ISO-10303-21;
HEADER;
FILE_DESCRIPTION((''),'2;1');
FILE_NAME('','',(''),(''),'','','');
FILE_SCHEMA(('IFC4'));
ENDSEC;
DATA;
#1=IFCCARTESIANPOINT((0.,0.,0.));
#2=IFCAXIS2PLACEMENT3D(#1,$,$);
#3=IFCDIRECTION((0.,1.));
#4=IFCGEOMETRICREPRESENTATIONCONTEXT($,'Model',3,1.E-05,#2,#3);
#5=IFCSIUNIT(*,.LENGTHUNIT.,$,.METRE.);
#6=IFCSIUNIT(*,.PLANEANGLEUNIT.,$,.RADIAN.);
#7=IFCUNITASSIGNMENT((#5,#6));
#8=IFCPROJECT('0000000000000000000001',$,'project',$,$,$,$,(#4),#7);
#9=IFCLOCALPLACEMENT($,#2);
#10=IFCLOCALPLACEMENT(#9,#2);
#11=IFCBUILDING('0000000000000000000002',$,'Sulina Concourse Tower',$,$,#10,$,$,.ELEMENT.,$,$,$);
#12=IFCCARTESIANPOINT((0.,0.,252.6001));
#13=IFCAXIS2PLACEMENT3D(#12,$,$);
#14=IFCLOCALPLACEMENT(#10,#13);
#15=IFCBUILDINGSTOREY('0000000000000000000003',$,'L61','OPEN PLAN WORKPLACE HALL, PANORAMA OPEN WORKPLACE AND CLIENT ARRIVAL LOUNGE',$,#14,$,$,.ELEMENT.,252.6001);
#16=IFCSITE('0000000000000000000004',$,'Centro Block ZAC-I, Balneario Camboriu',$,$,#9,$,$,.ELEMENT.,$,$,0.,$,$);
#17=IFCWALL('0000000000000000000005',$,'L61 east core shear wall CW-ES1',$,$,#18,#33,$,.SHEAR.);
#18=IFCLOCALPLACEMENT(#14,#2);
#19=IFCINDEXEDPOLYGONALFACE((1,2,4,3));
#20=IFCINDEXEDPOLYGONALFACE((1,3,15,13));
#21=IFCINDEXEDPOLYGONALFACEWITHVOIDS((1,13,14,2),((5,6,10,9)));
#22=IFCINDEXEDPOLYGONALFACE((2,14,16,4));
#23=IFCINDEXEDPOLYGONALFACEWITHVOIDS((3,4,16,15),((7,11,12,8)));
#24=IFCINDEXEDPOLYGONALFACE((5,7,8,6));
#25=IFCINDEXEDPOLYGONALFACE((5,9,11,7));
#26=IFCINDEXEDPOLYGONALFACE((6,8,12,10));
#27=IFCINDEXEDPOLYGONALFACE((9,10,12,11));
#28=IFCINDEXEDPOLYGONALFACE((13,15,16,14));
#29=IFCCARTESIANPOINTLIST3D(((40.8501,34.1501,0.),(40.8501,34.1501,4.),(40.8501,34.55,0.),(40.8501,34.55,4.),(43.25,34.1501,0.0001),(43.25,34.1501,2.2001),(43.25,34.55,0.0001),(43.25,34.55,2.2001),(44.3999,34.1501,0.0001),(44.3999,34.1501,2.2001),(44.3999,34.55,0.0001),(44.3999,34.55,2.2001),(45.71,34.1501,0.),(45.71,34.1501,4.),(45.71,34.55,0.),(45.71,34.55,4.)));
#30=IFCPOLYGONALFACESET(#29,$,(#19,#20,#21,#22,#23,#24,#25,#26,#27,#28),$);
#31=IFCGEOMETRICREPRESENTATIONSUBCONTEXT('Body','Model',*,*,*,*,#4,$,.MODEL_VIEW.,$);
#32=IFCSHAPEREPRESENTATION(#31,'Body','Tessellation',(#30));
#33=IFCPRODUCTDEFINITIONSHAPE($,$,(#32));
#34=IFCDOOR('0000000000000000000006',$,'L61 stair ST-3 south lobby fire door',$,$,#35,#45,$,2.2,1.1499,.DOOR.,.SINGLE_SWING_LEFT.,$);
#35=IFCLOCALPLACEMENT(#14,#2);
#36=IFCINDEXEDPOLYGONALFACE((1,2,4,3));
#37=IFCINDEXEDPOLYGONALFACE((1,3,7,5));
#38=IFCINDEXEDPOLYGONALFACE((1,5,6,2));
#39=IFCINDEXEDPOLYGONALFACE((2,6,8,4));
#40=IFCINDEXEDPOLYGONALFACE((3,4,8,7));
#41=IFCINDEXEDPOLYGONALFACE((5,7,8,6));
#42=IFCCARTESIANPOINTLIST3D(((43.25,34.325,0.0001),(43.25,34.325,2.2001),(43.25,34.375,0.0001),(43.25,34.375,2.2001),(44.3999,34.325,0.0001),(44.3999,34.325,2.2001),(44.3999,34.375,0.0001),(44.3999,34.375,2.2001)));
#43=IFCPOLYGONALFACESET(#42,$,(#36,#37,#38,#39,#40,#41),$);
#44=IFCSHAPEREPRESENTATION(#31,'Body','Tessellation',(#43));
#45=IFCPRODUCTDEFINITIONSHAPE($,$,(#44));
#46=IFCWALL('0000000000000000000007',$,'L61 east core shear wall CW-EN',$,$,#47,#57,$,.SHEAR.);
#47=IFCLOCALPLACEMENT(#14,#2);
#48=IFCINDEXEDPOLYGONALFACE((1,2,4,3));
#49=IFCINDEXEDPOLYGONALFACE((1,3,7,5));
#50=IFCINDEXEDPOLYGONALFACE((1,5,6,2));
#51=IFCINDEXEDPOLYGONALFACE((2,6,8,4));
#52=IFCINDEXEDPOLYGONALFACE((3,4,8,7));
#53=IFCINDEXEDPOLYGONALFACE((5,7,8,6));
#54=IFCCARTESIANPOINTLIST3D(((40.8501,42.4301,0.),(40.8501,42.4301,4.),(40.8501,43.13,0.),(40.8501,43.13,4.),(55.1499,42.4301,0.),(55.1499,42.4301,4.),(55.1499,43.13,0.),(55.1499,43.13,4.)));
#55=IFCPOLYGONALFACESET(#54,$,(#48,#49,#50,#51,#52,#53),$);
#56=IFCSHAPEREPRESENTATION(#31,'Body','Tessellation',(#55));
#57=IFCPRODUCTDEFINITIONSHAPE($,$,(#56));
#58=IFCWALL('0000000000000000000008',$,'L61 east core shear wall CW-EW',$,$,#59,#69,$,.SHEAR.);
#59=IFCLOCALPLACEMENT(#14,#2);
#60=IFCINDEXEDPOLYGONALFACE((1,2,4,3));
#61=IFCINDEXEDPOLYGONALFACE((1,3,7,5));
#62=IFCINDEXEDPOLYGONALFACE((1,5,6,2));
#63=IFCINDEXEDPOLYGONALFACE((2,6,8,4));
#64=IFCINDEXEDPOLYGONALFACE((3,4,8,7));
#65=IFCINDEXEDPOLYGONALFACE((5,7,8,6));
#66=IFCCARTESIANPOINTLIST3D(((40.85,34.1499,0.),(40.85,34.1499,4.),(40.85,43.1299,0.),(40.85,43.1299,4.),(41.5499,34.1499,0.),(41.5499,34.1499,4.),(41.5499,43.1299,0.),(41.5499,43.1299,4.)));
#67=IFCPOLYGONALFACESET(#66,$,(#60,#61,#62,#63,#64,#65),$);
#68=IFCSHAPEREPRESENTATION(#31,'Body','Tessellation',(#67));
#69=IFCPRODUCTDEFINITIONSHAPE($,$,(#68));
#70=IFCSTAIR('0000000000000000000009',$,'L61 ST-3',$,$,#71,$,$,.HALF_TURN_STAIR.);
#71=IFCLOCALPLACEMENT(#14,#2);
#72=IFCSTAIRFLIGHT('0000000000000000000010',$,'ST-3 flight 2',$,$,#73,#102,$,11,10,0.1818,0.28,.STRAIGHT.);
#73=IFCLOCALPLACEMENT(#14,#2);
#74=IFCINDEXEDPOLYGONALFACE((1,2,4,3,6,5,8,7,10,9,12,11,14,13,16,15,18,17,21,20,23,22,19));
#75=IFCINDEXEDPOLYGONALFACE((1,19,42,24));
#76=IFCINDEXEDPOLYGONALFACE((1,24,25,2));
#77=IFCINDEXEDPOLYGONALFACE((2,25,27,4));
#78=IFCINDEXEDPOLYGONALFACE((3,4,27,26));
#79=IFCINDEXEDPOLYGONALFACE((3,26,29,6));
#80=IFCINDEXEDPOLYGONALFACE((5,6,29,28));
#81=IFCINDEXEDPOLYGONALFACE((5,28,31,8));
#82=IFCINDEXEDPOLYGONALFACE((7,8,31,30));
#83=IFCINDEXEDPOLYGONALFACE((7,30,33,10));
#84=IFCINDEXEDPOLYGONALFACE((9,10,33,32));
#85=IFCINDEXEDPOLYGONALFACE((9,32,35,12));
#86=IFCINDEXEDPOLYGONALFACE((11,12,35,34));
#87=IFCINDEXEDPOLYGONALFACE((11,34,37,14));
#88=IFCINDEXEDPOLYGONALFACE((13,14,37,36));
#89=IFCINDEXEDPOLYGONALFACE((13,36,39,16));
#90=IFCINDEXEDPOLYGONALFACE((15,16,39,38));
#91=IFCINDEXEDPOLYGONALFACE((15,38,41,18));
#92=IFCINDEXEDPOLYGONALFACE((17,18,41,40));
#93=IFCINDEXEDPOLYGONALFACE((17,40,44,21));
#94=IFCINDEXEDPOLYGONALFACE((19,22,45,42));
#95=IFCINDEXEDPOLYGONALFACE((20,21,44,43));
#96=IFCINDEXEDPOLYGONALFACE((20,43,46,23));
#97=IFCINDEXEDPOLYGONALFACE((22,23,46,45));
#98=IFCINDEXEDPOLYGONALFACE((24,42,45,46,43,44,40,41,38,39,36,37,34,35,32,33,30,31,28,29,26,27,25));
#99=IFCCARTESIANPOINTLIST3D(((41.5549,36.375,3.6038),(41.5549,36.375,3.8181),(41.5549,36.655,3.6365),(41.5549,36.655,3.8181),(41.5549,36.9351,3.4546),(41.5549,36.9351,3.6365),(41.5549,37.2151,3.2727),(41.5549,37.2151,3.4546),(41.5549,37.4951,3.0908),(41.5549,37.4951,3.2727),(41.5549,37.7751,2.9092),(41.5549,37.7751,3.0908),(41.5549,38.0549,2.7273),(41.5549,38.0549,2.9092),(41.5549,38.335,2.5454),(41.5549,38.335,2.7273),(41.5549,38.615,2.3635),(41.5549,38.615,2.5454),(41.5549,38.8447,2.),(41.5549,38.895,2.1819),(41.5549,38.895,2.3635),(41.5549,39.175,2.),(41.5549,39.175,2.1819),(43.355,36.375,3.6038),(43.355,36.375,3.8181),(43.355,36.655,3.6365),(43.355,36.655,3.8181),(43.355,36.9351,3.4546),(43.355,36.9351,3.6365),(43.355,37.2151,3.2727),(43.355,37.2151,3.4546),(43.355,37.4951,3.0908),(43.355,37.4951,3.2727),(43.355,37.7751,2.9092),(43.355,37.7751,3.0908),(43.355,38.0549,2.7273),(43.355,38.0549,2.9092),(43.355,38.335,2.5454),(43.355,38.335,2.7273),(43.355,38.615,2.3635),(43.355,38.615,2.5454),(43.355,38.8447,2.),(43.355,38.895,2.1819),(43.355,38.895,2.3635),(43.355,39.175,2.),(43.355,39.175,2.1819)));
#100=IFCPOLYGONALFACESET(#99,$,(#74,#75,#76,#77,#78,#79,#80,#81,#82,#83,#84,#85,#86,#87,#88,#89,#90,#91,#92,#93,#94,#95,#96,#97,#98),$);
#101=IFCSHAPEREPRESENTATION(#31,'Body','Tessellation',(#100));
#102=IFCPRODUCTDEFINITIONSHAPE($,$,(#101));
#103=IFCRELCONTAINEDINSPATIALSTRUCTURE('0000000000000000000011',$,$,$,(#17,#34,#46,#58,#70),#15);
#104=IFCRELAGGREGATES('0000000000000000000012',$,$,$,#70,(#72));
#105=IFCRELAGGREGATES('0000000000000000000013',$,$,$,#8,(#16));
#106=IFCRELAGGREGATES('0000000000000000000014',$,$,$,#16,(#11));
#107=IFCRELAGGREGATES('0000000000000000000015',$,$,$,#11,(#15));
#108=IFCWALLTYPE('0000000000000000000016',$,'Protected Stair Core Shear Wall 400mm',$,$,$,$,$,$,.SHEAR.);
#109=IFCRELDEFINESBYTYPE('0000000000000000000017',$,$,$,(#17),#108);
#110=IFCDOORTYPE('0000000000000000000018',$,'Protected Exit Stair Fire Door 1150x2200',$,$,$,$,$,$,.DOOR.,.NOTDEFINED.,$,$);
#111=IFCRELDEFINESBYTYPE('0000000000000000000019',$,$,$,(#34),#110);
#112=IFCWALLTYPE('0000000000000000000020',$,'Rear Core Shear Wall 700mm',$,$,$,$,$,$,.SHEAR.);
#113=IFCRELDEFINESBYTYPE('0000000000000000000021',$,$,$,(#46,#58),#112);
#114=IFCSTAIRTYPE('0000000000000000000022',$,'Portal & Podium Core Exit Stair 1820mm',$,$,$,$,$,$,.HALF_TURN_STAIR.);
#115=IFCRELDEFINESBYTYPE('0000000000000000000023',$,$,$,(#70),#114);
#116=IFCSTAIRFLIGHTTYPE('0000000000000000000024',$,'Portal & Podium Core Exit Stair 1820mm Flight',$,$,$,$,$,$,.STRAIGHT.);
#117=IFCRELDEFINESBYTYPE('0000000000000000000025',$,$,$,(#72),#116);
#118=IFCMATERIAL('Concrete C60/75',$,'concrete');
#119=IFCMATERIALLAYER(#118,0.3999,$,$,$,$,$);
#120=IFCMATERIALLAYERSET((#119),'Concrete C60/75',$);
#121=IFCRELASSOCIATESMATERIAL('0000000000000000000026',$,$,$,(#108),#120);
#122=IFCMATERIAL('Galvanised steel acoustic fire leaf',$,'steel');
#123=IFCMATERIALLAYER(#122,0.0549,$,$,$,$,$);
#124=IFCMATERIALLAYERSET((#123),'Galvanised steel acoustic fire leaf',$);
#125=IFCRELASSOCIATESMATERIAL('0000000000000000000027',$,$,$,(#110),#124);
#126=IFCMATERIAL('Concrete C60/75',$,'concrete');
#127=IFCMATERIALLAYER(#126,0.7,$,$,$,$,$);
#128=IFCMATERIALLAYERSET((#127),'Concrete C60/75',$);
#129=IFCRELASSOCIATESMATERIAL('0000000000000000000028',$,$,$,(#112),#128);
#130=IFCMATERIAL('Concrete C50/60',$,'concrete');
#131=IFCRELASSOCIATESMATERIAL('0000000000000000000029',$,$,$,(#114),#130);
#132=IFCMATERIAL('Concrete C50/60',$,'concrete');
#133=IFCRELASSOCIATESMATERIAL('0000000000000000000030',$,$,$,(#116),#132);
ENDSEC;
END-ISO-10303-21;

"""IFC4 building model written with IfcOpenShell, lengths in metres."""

from ifc_helpers import new_model, si_unit, direction, frame, frame_2d, origin, place, context, subcontext, project, spatial, polyline, rectangle, outline, extrude, material, layer, layer_set, type_object, element, fill, aggregate, save


model = new_model("IFC4")

# Units and contexts
model_context = context("Model", 3, precision=1e-05, world=origin(), true_north=direction((0.0, 1.0)))
body_context = subcontext(model_context, "Body", "Model", "MODEL_VIEW")
ifc_project = project(units=[si_unit("LENGTHUNIT", "METRE"), si_unit("PLANEANGLEUNIT", "RADIAN")], contexts=[model_context])

# Site, building, storey
site_placement = place(None, origin())
site = spatial("IfcSite", under=ifc_project, at=site_placement, Name="Centro Block ZAC-I, Balneario Camboriu", CompositionType="ELEMENT", RefElevation=0.0)
building_placement = place(site_placement, origin())
building = spatial("IfcBuilding", under=site, at=building_placement, Name="Sulina Concourse Tower", CompositionType="ELEMENT")
storey_placement = place(building_placement, frame((0.0, 0.0, 252.6001)))
storey = spatial("IfcBuildingStorey", under=building, at=storey_placement, Name="L61", Description="OPEN PLAN WORKPLACE HALL, PANORAMA OPEN WORKPLACE AND CLIENT ARRIVAL LOUNGE", CompositionType="ELEMENT", Elevation=252.6001)

# Wall, opening, door
ifc_material_1 = material(Name="Concrete C60/75", Category="concrete")
ifc_layer_1 = layer(ifc_material_1, 0.3999)
ifc_layer_set_1 = layer_set([ifc_layer_1], Name="Concrete C60/75")
wall_type_1 = type_object("IfcWallType", Name="Protected Stair Core Shear Wall 400mm", PredefinedType="SHEAR", material=ifc_layer_set_1)
wall_1_placement = place(storey_placement, frame((40.8501, 34.3501, 0.0), z_axis=(0.0, 0.0, 1.0), x_axis=(1.0, 0.0, 0.0)))
wall_1 = element("IfcWall", 1, at=wall_1_placement, inside=storey, type_object=wall_type_1, Name="L61 east core shear wall CW-ES1", PredefinedType="SHEAR", context=body_context, shape_type="SweptSolid", body=[
    extrude(rectangle(XDim=4.8599, YDim=0.3999, at=frame_2d((2.4299, 0.0))), origin(), (0.0, 0.0, 1.0), 4.0),
])
opening_placement = place(wall_1_placement, frame((2.3999, 0.0, 0.0)))
opening = element("IfcOpeningElement", 2, at=opening_placement, cuts=wall_1, PredefinedType="OPENING", context=body_context, shape_type="SweptSolid", body=[
    extrude(rectangle(XDim=1.1499, YDim=2.2, at=frame_2d((0.575, 1.1001))), frame((0.0, 0.21, 0.0), z_axis=(0.0, -1.0, 0.0), x_axis=(1.0, 0.0, 0.0)), (0.0, 0.0, 1.0), 0.4199),
])
ifc_material_2 = material(Name="Galvanised steel acoustic fire leaf", Category="steel")
ifc_layer_2 = layer(ifc_material_2, 0.0549)
ifc_layer_set_2 = layer_set([ifc_layer_2], Name="Galvanised steel acoustic fire leaf")
door_type = type_object("IfcDoorType", Name="Protected Exit Stair Fire Door 1150x2200", OperationType="NOTDEFINED", PredefinedType="DOOR", material=ifc_layer_set_2)
door_placement = place(opening_placement, origin())
door = element("IfcDoor", 3, at=door_placement, inside=storey, type_object=door_type, Name="L61 stair ST-3 south lobby fire door", OperationType="SINGLE_SWING_LEFT", OverallHeight=2.2, OverallWidth=1.1499, PredefinedType="DOOR", context=body_context, shape_type="SweptSolid", body=[
    extrude(rectangle(XDim=1.1499, YDim=2.2, at=frame_2d((0.575, 1.1001))), frame((0.0, 0.0249, 0.0), z_axis=(0.0, -1.0, 0.0), x_axis=(1.0, 0.0, 0.0)), (0.0, 0.0, 1.0), 0.05),
])
fill(opening, door)

# Walls
ifc_material_3 = material(Name="Concrete C60/75", Category="concrete")
ifc_layer_3 = layer(ifc_material_3, 0.7)
ifc_layer_set_3 = layer_set([ifc_layer_3], Name="Concrete C60/75")
wall_type_2 = type_object("IfcWallType", Name="Rear Core Shear Wall 700mm", PredefinedType="SHEAR", material=ifc_layer_set_3)
wall_2_placement = place(storey_placement, frame((40.8501, 42.78, 0.0), z_axis=(0.0, 0.0, 1.0), x_axis=(1.0, 0.0, 0.0)))
element("IfcWall", 4, at=wall_2_placement, inside=storey, type_object=wall_type_2, Name="L61 east core shear wall CW-EN", PredefinedType="SHEAR", context=body_context, shape_type="SweptSolid", body=[
    extrude(rectangle(XDim=14.2998, YDim=0.7, at=frame_2d((7.1499, 0.0))), origin(), (0.0, 0.0, 1.0), 4.0),
])
wall_3_placement = place(storey_placement, frame((41.2, 34.1499, 0.0), z_axis=(0.0, 0.0, 1.0), x_axis=(0.0, 1.0, 0.0)))
element("IfcWall", 5, at=wall_3_placement, inside=storey, type_object=wall_type_2, Name="L61 east core shear wall CW-EW", PredefinedType="SHEAR", context=body_context, shape_type="SweptSolid", body=[
    extrude(rectangle(XDim=8.98, YDim=0.7, at=frame_2d((4.49, 0.0))), origin(), (0.0, 0.0, 1.0), 4.0),
])

# Stair, stair flight
ifc_material_4 = material(Name="Concrete C50/60", Category="concrete")
stair_type = type_object("IfcStairType", Name="Portal & Podium Core Exit Stair 1820mm", PredefinedType="HALF_TURN_STAIR", material=ifc_material_4)
stair_placement = place(storey_placement, origin())
stair = element("IfcStair", 6, at=stair_placement, inside=storey, type_object=stair_type, Name="L61 ST-3", PredefinedType="HALF_TURN_STAIR")
ifc_material_5 = material(Name="Concrete C50/60", Category="concrete")
stair_flight_type = type_object("IfcStairFlightType", Name="Portal & Podium Core Exit Stair 1820mm Flight", PredefinedType="STRAIGHT", material=ifc_material_5)
stair_flight_placement = place(storey_placement, frame((42.4551, 39.175, 2.0), z_axis=(0.0, 0.0, 1.0), x_axis=(0.0, -1.0, 0.0)))
stair_flight = element("IfcStairFlight", 7, at=stair_flight_placement, type_object=stair_flight_type, Name="ST-3 flight 2", NumberOfRisers=11, NumberOfTreads=10, PredefinedType="STRAIGHT", RiserHeight=0.1818, TreadLength=0.28, context=body_context, shape_type="SweptSolid", body=[
    extrude(outline(polyline([(0.0, 0.0), (0.0, 0.1819), (0.28, 0.1819), (0.28, 0.3635), (0.5601, 0.3635), (0.5601, 0.5454), (0.8401, 0.5454), (0.8401, 0.7273), (1.1201, 0.7273), (1.1201, 0.9092), (1.3999, 0.9092), (1.3999, 1.0908), (1.6799, 1.0908), (1.6799, 1.2727), (1.96, 1.2727), (1.96, 1.4546), (2.24, 1.4546), (2.24, 1.6365), (2.52, 1.6365), (2.52, 1.8181), (2.8, 1.8181), (2.8, 2.0), (2.8, 1.6038), (0.3303, 0.0), (0.0, 0.0)])), frame((0.0, 0.8999, 0.0), z_axis=(0.0, -1.0, 0.0), x_axis=(1.0, 0.0, 0.0)), (0.0, 0.0, 1.0), 1.8),
])
aggregate(stair, [stair_flight])

save(model, "model.ifc")
